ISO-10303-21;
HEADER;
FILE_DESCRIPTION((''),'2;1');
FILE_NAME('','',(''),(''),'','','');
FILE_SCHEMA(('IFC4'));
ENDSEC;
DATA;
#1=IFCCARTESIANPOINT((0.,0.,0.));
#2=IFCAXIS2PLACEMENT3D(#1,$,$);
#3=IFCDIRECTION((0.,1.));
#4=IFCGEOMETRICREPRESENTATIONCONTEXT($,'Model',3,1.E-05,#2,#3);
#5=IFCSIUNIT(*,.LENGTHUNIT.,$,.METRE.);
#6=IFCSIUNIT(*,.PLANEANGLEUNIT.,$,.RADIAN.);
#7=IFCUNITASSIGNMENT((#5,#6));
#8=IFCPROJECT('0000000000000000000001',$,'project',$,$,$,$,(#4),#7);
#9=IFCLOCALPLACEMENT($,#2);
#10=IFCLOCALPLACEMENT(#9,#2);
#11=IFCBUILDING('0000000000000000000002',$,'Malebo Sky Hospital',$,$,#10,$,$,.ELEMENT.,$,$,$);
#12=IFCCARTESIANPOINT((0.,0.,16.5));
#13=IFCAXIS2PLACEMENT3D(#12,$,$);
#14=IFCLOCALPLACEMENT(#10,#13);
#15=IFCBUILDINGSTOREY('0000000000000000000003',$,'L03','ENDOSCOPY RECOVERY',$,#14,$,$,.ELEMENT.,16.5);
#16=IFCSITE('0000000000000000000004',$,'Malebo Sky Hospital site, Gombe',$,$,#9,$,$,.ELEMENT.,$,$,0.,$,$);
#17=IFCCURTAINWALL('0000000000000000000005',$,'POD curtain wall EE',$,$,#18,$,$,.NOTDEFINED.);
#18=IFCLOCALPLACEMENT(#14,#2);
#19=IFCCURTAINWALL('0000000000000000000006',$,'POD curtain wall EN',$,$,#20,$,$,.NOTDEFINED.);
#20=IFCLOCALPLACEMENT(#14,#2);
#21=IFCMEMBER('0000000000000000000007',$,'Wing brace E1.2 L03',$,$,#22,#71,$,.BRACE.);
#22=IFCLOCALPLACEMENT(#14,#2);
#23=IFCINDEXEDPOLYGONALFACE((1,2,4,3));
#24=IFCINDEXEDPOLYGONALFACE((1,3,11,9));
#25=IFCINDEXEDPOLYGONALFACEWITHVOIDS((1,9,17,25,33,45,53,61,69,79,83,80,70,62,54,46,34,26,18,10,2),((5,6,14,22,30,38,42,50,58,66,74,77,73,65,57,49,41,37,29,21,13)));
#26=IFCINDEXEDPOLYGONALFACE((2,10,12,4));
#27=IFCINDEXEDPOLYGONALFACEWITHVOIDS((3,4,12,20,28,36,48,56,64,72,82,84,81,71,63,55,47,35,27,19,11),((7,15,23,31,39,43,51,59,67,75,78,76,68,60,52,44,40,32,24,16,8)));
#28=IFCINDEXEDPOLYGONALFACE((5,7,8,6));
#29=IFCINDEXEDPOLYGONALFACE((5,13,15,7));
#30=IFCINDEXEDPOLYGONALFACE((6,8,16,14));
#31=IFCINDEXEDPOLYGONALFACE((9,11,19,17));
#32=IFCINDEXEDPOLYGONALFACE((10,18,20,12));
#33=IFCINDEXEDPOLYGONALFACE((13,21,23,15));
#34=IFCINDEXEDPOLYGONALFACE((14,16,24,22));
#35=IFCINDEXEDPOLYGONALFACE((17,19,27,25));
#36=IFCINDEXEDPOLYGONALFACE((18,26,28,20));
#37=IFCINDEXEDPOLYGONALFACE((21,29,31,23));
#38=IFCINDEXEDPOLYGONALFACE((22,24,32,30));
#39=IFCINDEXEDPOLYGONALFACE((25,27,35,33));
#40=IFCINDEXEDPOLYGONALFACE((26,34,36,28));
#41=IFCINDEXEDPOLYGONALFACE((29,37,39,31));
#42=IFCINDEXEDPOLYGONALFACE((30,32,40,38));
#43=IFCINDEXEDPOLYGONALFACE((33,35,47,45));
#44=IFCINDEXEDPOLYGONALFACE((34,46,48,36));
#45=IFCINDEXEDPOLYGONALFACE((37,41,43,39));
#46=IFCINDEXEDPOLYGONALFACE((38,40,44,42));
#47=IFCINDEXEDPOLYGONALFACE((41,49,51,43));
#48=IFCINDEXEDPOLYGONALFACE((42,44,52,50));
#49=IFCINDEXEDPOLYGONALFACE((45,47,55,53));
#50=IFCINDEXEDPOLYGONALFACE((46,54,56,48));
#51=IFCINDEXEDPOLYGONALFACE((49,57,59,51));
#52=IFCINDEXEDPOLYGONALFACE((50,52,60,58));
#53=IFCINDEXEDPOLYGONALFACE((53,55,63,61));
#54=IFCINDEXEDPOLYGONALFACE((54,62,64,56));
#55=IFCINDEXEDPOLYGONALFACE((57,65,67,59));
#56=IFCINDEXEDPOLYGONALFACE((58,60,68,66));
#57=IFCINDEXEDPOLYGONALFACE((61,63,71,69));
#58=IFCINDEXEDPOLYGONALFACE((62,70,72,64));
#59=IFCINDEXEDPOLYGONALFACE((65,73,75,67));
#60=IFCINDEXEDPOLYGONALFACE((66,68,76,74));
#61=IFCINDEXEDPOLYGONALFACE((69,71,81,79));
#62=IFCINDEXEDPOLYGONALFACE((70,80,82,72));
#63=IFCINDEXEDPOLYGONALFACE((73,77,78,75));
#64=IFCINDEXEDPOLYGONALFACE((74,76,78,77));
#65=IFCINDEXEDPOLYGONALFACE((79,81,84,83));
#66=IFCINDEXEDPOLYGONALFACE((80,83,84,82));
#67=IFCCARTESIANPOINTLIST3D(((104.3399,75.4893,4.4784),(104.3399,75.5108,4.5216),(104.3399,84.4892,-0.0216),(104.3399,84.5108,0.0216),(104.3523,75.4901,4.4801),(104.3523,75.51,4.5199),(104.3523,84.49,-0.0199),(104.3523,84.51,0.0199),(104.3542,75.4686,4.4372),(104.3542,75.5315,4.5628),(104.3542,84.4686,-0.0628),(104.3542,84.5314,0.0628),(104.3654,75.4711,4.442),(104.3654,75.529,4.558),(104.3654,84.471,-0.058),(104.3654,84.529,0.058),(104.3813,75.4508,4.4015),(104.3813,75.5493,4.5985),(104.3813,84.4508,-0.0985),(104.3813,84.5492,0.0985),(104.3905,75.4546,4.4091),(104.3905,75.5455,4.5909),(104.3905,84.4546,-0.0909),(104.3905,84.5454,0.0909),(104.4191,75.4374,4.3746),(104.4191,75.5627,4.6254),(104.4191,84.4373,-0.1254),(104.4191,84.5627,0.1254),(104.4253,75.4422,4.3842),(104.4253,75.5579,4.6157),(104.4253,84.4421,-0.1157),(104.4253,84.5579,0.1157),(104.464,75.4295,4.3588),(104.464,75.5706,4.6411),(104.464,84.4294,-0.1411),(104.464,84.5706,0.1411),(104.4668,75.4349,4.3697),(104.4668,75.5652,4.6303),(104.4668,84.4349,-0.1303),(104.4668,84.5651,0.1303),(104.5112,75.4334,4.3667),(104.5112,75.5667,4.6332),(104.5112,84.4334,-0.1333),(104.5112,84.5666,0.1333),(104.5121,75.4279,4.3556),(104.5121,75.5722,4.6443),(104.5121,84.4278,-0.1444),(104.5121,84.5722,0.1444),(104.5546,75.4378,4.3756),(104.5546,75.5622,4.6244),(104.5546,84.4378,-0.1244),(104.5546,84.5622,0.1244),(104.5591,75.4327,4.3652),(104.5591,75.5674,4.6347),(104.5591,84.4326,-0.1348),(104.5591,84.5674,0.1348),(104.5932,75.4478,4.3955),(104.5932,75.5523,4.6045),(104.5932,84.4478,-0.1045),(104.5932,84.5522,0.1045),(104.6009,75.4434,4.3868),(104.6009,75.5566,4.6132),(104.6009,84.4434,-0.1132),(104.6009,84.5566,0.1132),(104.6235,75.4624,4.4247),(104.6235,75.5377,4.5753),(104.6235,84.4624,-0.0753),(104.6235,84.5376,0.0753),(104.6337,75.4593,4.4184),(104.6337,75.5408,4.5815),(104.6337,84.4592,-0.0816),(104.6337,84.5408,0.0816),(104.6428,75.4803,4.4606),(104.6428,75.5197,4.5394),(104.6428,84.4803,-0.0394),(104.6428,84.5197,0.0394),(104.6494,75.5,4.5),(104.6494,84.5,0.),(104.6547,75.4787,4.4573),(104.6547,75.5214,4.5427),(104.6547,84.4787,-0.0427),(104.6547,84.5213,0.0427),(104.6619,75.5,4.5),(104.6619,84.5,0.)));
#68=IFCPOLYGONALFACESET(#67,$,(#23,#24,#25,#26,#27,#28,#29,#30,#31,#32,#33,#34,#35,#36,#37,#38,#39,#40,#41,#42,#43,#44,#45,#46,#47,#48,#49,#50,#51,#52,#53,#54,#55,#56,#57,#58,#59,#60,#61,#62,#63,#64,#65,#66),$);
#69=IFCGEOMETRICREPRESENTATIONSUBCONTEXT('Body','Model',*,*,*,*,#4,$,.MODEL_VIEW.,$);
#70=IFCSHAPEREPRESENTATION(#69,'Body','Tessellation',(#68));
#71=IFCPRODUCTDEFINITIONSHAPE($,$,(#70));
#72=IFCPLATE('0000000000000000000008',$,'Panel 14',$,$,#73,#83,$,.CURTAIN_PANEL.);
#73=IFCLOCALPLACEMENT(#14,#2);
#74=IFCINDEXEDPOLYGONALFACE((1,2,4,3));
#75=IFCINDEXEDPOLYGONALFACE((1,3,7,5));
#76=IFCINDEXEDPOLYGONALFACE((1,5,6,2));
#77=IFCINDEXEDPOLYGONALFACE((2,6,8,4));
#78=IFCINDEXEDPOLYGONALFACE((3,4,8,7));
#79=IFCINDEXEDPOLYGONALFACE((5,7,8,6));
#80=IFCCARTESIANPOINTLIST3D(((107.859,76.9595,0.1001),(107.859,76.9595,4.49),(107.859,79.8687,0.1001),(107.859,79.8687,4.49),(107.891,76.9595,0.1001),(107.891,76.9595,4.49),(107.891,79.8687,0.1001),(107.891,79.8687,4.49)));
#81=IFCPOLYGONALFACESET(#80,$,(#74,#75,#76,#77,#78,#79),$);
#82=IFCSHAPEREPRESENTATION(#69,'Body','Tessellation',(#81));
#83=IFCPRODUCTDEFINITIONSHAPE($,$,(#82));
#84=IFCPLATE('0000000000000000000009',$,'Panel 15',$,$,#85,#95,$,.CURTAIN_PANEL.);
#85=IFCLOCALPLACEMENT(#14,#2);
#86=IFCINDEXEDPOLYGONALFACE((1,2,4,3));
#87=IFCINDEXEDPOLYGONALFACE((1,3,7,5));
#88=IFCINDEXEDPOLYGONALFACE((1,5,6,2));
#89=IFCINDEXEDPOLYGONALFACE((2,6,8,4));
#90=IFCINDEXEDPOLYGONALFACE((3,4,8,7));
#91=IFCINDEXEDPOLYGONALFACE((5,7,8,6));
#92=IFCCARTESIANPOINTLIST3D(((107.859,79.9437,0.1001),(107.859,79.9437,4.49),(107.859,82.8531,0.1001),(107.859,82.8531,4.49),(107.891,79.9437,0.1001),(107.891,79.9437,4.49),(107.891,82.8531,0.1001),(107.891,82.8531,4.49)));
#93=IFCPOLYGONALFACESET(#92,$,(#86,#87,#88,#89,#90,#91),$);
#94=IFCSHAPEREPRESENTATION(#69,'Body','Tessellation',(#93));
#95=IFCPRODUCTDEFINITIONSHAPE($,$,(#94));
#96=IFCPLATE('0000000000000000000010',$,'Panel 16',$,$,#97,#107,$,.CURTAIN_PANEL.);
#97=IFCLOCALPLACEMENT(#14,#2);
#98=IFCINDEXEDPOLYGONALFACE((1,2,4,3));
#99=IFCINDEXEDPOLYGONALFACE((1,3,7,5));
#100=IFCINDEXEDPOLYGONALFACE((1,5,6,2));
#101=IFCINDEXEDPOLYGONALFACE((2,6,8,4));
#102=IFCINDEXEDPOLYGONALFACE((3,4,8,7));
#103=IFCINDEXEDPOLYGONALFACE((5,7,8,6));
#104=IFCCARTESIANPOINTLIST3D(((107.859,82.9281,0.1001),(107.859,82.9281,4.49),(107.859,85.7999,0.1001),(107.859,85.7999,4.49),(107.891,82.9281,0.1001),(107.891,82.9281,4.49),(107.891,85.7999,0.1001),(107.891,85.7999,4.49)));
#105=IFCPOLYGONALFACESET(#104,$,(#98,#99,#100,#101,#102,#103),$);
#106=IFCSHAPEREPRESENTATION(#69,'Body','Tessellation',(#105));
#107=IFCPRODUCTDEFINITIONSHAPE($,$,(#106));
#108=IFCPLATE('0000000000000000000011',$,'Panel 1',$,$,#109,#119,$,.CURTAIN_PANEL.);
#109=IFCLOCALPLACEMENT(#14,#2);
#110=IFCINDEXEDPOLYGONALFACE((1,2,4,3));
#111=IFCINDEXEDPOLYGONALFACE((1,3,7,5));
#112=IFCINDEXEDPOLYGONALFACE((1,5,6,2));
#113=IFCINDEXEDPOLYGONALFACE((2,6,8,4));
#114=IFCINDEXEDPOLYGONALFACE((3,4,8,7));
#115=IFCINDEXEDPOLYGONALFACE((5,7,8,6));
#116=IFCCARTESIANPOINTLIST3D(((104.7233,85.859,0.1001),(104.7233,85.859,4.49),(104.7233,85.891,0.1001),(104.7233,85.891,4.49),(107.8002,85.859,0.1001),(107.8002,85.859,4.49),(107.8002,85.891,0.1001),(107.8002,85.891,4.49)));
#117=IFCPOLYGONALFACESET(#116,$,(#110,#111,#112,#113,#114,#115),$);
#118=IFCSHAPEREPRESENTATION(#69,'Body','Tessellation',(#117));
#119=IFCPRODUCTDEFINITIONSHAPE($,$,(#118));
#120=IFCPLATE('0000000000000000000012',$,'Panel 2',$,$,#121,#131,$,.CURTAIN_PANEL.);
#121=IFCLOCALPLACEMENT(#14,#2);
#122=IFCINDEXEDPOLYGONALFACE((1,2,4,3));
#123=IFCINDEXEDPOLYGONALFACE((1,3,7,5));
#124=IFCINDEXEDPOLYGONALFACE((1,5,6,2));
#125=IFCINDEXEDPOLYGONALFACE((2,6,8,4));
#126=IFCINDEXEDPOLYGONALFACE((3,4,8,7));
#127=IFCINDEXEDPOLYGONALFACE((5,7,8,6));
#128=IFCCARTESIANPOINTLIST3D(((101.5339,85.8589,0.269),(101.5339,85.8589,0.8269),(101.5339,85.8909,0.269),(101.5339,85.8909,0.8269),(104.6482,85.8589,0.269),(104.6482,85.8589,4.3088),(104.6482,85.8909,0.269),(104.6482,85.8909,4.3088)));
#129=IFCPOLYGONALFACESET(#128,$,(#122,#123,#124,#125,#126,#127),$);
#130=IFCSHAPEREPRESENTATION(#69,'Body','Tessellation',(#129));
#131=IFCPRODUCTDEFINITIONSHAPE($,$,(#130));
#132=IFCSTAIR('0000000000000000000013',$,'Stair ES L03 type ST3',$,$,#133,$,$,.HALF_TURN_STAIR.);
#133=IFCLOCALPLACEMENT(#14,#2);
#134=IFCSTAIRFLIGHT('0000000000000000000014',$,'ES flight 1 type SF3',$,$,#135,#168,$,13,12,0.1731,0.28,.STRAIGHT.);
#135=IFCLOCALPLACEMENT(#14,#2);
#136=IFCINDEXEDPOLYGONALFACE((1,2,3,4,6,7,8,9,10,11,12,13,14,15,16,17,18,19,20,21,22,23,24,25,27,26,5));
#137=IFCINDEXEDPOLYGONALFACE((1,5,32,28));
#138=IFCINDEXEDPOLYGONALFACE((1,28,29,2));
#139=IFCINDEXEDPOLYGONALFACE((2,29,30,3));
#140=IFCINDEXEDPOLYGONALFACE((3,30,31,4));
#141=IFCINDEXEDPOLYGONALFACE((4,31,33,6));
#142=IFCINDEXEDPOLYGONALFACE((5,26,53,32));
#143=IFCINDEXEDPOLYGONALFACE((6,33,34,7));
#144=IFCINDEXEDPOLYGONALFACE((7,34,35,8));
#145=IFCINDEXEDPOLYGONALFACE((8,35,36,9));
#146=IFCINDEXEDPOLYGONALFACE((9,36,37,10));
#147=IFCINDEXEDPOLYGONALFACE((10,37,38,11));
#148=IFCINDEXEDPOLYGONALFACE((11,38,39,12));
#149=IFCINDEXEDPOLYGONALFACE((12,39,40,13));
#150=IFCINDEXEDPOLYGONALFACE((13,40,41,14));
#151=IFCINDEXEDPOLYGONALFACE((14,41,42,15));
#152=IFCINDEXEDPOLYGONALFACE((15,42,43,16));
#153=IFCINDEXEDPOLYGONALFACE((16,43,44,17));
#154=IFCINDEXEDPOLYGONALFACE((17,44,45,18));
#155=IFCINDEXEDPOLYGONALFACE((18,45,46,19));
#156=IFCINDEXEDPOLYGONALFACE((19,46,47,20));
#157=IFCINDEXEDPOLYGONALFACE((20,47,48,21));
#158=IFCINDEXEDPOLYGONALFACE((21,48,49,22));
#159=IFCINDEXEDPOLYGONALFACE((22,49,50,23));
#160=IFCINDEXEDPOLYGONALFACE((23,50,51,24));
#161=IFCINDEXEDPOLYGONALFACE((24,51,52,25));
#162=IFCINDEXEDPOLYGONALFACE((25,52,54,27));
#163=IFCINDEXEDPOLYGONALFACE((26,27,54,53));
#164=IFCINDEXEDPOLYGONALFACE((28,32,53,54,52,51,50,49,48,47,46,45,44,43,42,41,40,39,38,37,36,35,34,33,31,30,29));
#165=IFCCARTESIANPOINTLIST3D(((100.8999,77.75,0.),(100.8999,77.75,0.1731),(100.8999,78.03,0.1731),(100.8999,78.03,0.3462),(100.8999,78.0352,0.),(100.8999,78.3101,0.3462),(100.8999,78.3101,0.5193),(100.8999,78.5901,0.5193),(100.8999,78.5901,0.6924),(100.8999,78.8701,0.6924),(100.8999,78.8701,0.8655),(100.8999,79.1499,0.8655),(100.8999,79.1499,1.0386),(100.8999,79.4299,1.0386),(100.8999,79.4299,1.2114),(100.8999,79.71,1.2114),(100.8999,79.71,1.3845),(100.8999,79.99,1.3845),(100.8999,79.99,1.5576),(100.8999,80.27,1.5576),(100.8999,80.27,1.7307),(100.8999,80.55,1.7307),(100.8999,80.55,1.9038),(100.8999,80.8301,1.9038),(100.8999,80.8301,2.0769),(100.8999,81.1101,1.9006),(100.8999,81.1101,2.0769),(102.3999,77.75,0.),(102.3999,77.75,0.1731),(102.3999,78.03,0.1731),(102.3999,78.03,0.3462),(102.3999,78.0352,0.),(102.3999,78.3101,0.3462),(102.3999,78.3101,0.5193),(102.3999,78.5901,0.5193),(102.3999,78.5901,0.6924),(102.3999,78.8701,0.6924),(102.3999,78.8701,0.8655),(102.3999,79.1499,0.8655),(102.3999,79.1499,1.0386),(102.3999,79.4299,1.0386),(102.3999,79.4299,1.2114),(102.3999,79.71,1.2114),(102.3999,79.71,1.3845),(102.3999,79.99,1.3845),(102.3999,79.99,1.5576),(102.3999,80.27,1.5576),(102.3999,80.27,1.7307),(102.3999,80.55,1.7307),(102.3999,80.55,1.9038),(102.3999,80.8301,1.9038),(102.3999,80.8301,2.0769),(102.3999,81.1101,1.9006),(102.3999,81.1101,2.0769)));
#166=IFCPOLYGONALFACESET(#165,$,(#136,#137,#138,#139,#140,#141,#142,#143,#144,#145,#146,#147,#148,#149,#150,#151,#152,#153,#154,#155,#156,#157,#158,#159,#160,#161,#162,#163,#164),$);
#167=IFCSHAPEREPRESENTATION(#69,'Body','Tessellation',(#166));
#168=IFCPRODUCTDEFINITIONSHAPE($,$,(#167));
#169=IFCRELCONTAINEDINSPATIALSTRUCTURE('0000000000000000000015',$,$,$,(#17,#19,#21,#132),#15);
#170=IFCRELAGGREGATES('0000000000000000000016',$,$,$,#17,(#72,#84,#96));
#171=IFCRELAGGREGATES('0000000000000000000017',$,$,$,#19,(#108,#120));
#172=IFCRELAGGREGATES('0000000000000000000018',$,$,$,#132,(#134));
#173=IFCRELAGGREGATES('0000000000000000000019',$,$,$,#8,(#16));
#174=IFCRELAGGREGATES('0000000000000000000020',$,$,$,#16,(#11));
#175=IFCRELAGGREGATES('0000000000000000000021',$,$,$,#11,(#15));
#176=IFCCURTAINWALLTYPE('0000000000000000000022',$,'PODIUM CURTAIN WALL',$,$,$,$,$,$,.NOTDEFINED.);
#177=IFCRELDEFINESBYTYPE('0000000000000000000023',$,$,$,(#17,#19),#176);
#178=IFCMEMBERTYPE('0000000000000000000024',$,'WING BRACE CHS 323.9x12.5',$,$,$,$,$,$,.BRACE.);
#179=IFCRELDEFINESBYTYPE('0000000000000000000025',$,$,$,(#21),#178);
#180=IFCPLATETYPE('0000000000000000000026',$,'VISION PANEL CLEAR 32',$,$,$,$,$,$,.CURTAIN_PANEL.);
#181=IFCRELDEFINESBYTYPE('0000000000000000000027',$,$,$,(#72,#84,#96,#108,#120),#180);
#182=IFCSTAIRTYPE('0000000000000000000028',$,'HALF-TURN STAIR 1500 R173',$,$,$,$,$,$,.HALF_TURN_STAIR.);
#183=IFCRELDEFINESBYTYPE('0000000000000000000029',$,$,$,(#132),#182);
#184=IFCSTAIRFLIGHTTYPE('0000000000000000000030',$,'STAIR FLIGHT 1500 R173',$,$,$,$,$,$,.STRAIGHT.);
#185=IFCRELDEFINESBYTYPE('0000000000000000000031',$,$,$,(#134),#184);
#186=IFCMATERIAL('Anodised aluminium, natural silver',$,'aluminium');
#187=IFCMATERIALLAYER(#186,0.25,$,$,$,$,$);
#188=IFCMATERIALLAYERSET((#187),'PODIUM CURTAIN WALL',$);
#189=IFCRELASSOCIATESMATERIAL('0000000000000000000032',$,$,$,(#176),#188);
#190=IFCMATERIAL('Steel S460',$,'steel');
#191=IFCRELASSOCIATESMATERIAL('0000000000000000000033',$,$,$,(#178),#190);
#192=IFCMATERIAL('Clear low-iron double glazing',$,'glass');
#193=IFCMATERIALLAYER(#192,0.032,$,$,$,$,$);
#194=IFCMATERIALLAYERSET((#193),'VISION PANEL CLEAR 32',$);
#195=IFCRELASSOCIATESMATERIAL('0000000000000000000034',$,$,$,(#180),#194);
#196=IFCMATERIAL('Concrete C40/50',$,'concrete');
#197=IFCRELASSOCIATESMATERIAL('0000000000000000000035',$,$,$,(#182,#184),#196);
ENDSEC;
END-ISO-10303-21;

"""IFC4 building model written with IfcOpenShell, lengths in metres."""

from ifc_helpers import new_model, si_unit, direction, frame, origin, origin_2d, place, context, subcontext, project, spatial, polyline, rectangle, hollow_circle, outline, extrude, material, layer, layer_set, material_profile, profile_set, type_object, element, aggregate, save


model = new_model("IFC4")

# Units and contexts
model_context = context("Model", 3, precision=1e-05, world=origin(), true_north=direction((0.0, 1.0)))
body_context = subcontext(model_context, "Body", "Model", "MODEL_VIEW")
ifc_project = project(units=[si_unit("LENGTHUNIT", "METRE"), si_unit("PLANEANGLEUNIT", "RADIAN")], contexts=[model_context])

# Site, building, storey
site_placement = place(None, origin())
site = spatial("IfcSite", under=ifc_project, at=site_placement, Name="Malebo Sky Hospital site, Gombe", CompositionType="ELEMENT", RefElevation=0.0)
building_placement = place(site_placement, origin())
building = spatial("IfcBuilding", under=site, at=building_placement, Name="Malebo Sky Hospital", CompositionType="ELEMENT")
storey_placement = place(building_placement, frame((0.0, 0.0, 16.5)))
storey = spatial("IfcBuildingStorey", under=building, at=storey_placement, Name="L03", Description="ENDOSCOPY RECOVERY", CompositionType="ELEMENT", Elevation=16.5)

# Curtain walls
ifc_material_1 = material(Name="Anodised aluminium, natural silver", Category="aluminium")
ifc_layer_1 = layer(ifc_material_1, 0.25)
ifc_layer_set_1 = layer_set([ifc_layer_1], Name="PODIUM CURTAIN WALL")
curtain_wall_type = type_object("IfcCurtainWallType", Name="PODIUM CURTAIN WALL", PredefinedType="NOTDEFINED", material=ifc_layer_set_1)
curtain_wall_1_placement = place(storey_placement, origin())
curtain_wall_1 = element("IfcCurtainWall", 1, at=curtain_wall_1_placement, inside=storey, type_object=curtain_wall_type, Name="POD curtain wall EE", PredefinedType="NOTDEFINED")
curtain_wall_2_placement = place(storey_placement, origin())
curtain_wall_2 = element("IfcCurtainWall", 2, at=curtain_wall_2_placement, inside=storey, type_object=curtain_wall_type, Name="POD curtain wall EN", PredefinedType="NOTDEFINED")

# Member
ifc_material_2 = material(Name="Steel S460", Category="steel")
ifc_material_profile_1 = material_profile(ifc_material_2, hollow_circle(Radius=0.1619, WallThickness=0.0125, at=origin_2d()), Name="CHS 323.9x12.5")
ifc_profile_set_1 = profile_set([ifc_material_profile_1], Name="Steel S460")
member_type_1 = type_object("IfcMemberType", Name="WING BRACE CHS 323.9x12.5", PredefinedType="BRACE", material=ifc_profile_set_1)
member_1_placement = place(storey_placement, frame((104.5, 84.5, 0.0), z_axis=(0.0, -0.894427, 0.447214), x_axis=(1.0, 0.0, 0.0)))
element("IfcMember", 3, at=member_1_placement, inside=storey, type_object=member_type_1, Name="Wing brace E1.2 L03", PredefinedType="BRACE", context=body_context, shape_type="SweptSolid", body=[
    extrude(hollow_circle(Radius=0.1619, WallThickness=0.0125, at=origin_2d()), origin(), (0.0, 0.0, 1.0), 10.0623),
])

# Plates
ifc_material_3 = material(Name="Clear low-iron double glazing", Category="glass")
ifc_layer_2 = layer(ifc_material_3, 0.032)
ifc_layer_set_2 = layer_set([ifc_layer_2], Name="VISION PANEL CLEAR 32")
plate_type = type_object("IfcPlateType", Name="VISION PANEL CLEAR 32", PredefinedType="CURTAIN_PANEL", material=ifc_layer_set_2)
plate_1_placement = place(storey_placement, frame((107.875, 78.4141, 0.1001), z_axis=(0.0, 0.0, 1.0), x_axis=(0.0, 1.0, 0.0)))
plate_1 = element("IfcPlate", 4, at=plate_1_placement, type_object=plate_type, Name="Panel 14", PredefinedType="CURTAIN_PANEL", context=body_context, shape_type="SweptSolid", body=[
    extrude(rectangle(XDim=2.9092, YDim=0.032, at=origin_2d()), origin(), (0.0, 0.0, 1.0), 4.3899),
])
plate_2_placement = place(storey_placement, frame((107.875, 81.3984, 0.1001), z_axis=(0.0, 0.0, 1.0), x_axis=(0.0, 1.0, 0.0)))
plate_2 = element("IfcPlate", 5, at=plate_2_placement, type_object=plate_type, Name="Panel 15", PredefinedType="CURTAIN_PANEL", context=body_context, shape_type="SweptSolid", body=[
    extrude(rectangle(XDim=2.9094, YDim=0.032, at=origin_2d()), origin(), (0.0, 0.0, 1.0), 4.3899),
])
plate_3_placement = place(storey_placement, frame((107.875, 84.364, 0.1001), z_axis=(0.0, 0.0, 1.0), x_axis=(0.0, 1.0, 0.0)))
plate_3 = element("IfcPlate", 6, at=plate_3_placement, type_object=plate_type, Name="Panel 16", PredefinedType="CURTAIN_PANEL", context=body_context, shape_type="SweptSolid", body=[
    extrude(rectangle(XDim=2.8718, YDim=0.032, at=origin_2d()), origin(), (0.0, 0.0, 1.0), 4.3899),
])
aggregate(curtain_wall_1, [plate_1, plate_2, plate_3])
plate_4_placement = place(storey_placement, frame((106.2617, 85.875, 0.1001), z_axis=(0.0, 0.0, 1.0), x_axis=(-1.0, 0.0, 0.0)))
plate_4 = element("IfcPlate", 7, at=plate_4_placement, type_object=plate_type, Name="Panel 1", PredefinedType="CURTAIN_PANEL", context=body_context, shape_type="SweptSolid", body=[
    extrude(rectangle(XDim=3.0769, YDim=0.032, at=origin_2d()), origin(), (0.0, 0.0, 1.0), 4.3899),
])
plate_5_placement = place(storey_placement, frame((103.0911, 85.875, 0.269), z_axis=(0.0, 0.0, 1.0), x_axis=(-1.0, 0.0, 0.0)))
plate_5 = element("IfcPlate", 8, at=plate_5_placement, type_object=plate_type, Name="Panel 2", PredefinedType="CURTAIN_PANEL", context=body_context, shape_type="SweptSolid", body=[
    extrude(outline(polyline([(-1.5571, 0.0), (1.5571, 0.0), (1.5571, 0.5579), (-1.5571, 4.0398), (-1.5571, 0.0)])), frame((0.0, 0.0161, 0.0), z_axis=(0.0, -1.0, 0.0), x_axis=(1.0, 0.0, 0.0)), (0.0, 0.0, 1.0), 0.032),
])
aggregate(curtain_wall_2, [plate_4, plate_5])

# Stair, stair flight
ifc_material_4 = material(Name="Concrete C40/50", Category="concrete")
stair_type = type_object("IfcStairType", Name="HALF-TURN STAIR 1500 R173", PredefinedType="HALF_TURN_STAIR", material=ifc_material_4)
stair_placement = place(storey_placement, origin())
stair = element("IfcStair", 9, at=stair_placement, inside=storey, type_object=stair_type, Name="Stair ES L03 type ST3", PredefinedType="HALF_TURN_STAIR")
stair_flight_type = type_object("IfcStairFlightType", Name="STAIR FLIGHT 1500 R173", PredefinedType="STRAIGHT", material=ifc_material_4)
stair_flight_1_placement = place(storey_placement, frame((101.6499, 77.75, 0.0), z_axis=(0.0, 0.0, 1.0), x_axis=(0.0, 1.0, 0.0)))
stair_flight_1 = element("IfcStairFlight", 10, at=stair_flight_1_placement, type_object=stair_flight_type, Name="ES flight 1 type SF3", NumberOfRisers=13, NumberOfTreads=12, PredefinedType="STRAIGHT", RiserHeight=0.1731, TreadLength=0.28, context=body_context, shape_type="SweptSolid", body=[
    extrude(outline(polyline([(0.0, 0.0), (0.0, 0.1731), (0.28, 0.1731), (0.28, 0.3462), (0.5601, 0.3462), (0.5601, 0.5193), (0.8401, 0.5193), (0.8401, 0.6924), (1.1201, 0.6924), (1.1201, 0.8655), (1.3999, 0.8655), (1.3999, 1.0386), (1.6799, 1.0386), (1.6799, 1.2114), (1.96, 1.2114), (1.96, 1.3845), (2.24, 1.3845), (2.24, 1.5576), (2.52, 1.5576), (2.52, 1.7307), (2.8, 1.7307), (2.8, 1.9038), (3.0801, 1.9038), (3.0801, 2.0769), (3.3601, 2.0769), (3.3601, 2.25), (3.3601, 1.9006), (0.2852, 0.0), (0.0, 0.0)])), frame((0.0, 0.75, 0.0), z_axis=(0.0, -1.0, 0.0), x_axis=(1.0, 0.0, 0.0)), (0.0, 0.0, 1.0), 1.5),
])
aggregate(stair, [stair_flight_1])

save(model, "model.ifc")
